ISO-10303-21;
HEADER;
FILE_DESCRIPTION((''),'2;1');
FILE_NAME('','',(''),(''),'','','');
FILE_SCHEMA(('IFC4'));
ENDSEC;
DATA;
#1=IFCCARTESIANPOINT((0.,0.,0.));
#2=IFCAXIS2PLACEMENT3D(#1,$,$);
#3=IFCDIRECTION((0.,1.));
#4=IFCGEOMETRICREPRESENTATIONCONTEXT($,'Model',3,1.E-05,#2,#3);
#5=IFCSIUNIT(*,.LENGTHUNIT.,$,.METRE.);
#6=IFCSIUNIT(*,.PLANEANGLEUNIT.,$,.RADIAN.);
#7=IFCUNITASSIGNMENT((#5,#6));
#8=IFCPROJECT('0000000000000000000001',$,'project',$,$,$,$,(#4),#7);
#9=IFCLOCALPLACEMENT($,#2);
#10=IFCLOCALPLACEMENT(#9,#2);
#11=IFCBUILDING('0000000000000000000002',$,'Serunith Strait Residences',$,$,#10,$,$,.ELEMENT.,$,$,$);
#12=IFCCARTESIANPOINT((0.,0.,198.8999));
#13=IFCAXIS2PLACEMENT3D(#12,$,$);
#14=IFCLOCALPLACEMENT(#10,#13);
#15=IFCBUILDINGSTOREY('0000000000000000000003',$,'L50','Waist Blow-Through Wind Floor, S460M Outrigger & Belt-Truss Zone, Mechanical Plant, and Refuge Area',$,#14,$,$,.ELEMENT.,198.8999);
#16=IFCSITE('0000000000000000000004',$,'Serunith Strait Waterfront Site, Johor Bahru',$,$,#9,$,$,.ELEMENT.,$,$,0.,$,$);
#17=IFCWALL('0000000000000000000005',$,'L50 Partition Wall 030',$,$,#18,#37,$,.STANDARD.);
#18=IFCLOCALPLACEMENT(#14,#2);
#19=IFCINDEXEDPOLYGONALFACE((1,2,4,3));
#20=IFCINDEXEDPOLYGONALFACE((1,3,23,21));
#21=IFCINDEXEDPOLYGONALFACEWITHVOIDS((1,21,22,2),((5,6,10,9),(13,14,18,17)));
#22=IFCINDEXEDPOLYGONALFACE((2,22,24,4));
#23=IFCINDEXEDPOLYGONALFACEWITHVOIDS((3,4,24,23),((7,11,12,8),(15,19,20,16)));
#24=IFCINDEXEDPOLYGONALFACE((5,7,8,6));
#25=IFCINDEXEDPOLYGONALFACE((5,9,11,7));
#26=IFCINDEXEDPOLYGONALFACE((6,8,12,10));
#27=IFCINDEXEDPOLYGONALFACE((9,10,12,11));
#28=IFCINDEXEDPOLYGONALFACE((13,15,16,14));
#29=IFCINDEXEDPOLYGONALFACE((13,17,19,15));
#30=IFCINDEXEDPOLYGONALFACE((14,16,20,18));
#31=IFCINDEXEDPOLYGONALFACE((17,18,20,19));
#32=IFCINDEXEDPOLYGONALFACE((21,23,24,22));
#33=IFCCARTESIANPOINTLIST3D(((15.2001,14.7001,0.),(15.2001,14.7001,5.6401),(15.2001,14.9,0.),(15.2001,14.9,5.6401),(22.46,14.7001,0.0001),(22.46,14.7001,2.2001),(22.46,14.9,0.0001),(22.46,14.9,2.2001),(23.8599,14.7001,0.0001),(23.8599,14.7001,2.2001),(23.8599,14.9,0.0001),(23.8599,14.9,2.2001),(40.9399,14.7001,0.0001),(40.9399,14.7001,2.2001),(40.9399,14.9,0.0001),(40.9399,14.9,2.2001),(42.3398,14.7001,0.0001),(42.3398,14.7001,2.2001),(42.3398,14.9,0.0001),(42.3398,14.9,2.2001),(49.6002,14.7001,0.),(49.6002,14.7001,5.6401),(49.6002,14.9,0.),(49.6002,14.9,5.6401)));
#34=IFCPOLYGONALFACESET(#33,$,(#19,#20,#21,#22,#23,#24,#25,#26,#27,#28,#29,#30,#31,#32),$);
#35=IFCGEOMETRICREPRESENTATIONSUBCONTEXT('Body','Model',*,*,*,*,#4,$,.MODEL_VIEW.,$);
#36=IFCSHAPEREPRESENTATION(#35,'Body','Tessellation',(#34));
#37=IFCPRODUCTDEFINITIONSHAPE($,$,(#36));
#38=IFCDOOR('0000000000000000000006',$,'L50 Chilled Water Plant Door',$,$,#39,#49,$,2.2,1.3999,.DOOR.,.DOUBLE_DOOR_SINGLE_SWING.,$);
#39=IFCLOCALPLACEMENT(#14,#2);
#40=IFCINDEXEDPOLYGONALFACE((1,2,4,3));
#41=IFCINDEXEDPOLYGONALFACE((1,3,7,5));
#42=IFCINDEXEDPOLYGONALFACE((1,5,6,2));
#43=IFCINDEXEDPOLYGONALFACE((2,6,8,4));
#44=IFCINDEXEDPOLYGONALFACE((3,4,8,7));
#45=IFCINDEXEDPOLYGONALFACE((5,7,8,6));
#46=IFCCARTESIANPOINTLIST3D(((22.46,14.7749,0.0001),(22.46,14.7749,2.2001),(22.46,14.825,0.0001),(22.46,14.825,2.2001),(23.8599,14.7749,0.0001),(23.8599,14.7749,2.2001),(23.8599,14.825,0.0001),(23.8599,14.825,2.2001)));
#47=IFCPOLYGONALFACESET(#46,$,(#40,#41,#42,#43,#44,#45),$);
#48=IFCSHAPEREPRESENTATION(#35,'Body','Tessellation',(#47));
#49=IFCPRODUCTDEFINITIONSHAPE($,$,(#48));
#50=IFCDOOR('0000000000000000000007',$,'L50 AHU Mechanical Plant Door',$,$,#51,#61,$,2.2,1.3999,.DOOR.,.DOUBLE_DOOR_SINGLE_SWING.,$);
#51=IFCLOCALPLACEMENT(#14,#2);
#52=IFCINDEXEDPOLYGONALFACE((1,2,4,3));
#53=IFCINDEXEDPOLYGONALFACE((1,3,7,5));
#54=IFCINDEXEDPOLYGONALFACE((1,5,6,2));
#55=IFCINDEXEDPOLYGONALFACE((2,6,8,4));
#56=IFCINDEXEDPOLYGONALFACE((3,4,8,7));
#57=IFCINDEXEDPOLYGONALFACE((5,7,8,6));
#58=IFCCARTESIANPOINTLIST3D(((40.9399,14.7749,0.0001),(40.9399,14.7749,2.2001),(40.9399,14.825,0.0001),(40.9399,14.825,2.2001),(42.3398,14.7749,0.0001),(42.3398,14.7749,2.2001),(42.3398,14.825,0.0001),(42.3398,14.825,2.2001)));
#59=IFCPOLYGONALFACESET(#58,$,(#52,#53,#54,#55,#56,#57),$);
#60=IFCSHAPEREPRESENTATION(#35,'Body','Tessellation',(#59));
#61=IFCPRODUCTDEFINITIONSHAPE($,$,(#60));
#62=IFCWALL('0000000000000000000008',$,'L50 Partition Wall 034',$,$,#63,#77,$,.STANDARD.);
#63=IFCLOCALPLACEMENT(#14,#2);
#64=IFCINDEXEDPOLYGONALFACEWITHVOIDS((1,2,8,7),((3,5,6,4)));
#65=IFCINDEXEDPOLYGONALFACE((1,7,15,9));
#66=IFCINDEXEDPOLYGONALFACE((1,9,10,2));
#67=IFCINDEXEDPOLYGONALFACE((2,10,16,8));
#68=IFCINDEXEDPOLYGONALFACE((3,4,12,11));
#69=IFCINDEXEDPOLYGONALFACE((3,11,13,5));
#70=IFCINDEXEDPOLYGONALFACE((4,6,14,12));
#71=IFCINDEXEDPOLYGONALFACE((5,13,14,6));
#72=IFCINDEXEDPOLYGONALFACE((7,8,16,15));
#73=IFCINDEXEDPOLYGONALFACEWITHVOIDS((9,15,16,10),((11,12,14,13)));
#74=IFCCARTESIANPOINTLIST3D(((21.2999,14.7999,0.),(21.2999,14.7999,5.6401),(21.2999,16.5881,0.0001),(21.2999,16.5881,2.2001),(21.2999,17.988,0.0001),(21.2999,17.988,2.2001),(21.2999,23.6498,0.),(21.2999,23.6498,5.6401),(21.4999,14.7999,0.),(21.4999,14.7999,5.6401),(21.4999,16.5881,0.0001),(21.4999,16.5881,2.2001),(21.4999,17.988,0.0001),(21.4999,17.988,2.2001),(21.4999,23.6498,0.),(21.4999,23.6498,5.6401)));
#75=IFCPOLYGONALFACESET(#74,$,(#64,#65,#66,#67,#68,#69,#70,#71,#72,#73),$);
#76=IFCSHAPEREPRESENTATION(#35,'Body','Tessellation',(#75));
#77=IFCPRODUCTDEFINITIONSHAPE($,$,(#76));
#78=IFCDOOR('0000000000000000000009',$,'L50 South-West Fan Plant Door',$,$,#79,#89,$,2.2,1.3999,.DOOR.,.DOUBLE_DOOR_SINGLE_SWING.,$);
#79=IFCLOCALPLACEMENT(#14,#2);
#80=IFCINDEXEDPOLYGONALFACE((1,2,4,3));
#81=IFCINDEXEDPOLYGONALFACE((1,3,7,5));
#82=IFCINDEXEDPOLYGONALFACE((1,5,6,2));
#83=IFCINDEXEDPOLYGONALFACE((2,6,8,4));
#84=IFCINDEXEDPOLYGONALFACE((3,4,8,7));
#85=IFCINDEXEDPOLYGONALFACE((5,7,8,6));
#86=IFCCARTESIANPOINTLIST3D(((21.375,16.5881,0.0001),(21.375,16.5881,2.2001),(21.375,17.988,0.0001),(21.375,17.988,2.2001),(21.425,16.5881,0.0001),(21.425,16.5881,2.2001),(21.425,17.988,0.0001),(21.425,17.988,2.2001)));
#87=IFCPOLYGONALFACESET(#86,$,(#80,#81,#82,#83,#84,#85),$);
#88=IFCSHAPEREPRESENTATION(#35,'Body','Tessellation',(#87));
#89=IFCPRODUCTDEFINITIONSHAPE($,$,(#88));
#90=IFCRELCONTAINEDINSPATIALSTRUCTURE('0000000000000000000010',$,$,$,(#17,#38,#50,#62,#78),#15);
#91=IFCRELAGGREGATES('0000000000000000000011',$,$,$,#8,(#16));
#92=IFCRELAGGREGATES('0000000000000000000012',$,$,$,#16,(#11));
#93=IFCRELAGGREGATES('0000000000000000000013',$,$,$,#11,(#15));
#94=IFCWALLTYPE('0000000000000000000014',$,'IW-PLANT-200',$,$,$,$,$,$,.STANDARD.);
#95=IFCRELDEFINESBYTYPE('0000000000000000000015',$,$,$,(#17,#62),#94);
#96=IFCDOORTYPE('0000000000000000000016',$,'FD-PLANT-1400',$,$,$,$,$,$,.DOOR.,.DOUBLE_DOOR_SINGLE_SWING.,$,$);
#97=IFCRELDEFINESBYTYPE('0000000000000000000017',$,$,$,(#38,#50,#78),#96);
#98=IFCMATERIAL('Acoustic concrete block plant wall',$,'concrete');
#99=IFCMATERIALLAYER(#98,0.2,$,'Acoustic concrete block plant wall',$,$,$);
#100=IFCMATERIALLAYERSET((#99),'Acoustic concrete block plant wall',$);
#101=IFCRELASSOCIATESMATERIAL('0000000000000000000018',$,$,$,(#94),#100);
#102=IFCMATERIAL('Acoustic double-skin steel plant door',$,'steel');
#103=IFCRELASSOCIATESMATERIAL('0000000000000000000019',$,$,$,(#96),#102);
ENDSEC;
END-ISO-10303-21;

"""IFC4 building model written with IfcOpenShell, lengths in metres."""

from ifc_helpers import new_model, si_unit, direction, frame, frame_2d, origin, place, context, subcontext, project, spatial, rectangle, extrude, source, transform, mapped, material, layer, layer_set, type_object, element, fill, save


model = new_model("IFC4")

# Units and contexts
model_context = context("Model", 3, precision=1e-05, world=origin(), true_north=direction((0.0, 1.0)))
body_context = subcontext(model_context, "Body", "Model", "MODEL_VIEW")
ifc_project = project(units=[si_unit("LENGTHUNIT", "METRE"), si_unit("PLANEANGLEUNIT", "RADIAN")], contexts=[model_context])

# Site, building, storey
site_placement = place(None, origin())
site = spatial("IfcSite", under=ifc_project, at=site_placement, Name="Serunith Strait Waterfront Site, Johor Bahru", CompositionType="ELEMENT", RefElevation=0.0)
building_placement = place(site_placement, origin())
building = spatial("IfcBuilding", under=site, at=building_placement, Name="Serunith Strait Residences", CompositionType="ELEMENT")
storey_placement = place(building_placement, frame((0.0, 0.0, 198.8999)))
storey = spatial("IfcBuildingStorey", under=building, at=storey_placement, Name="L50", Description="Waist Blow-Through Wind Floor, S460M Outrigger & Belt-Truss Zone, Mechanical Plant, and Refuge Area", CompositionType="ELEMENT", Elevation=198.8999)

# Shared definitions
ifc_material_1 = material(Name="Acoustic concrete block plant wall", Category="concrete")
ifc_layer_1 = layer(ifc_material_1, 0.2, Name="Acoustic concrete block plant wall")
ifc_layer_set_1 = layer_set([ifc_layer_1], Name="Acoustic concrete block plant wall")
wall_type = type_object("IfcWallType", Name="IW-PLANT-200", PredefinedType="STANDARD", material=ifc_layer_set_1)

# Wall, openings, doors
wall_1_placement = place(storey_placement, frame((15.2, 14.8, 0.0), z_axis=(0.0, 0.0, 1.0), x_axis=(1.0, 0.0, 0.0)))
wall_1 = element("IfcWall", 1, at=wall_1_placement, inside=storey, type_object=wall_type, Name="L50 Partition Wall 030", PredefinedType="STANDARD", context=body_context, shape_type="SweptSolid", body=[
    extrude(rectangle(XDim=34.4001, YDim=0.2, at=frame_2d((17.2002, 0.0))), origin(), (0.0, 0.0, 1.0), 5.6401),
])
opening_1_placement = place(wall_1_placement, frame((7.26, 0.0, 0.0)))
opening_1 = element("IfcOpeningElement", 2, at=opening_1_placement, cuts=wall_1, PredefinedType="OPENING", context=body_context, shape_type="SweptSolid", body=[
    extrude(rectangle(XDim=1.3999, YDim=2.2, at=frame_2d((0.7, 1.1001))), frame((0.0, 0.1099, 0.0), z_axis=(0.0, -1.0, 0.0), x_axis=(1.0, 0.0, 0.0)), (0.0, 0.0, 1.0), 0.22),
])
opening_2_placement = place(wall_1_placement, frame((25.74, 0.0, 0.0)))
opening_2 = element("IfcOpeningElement", 3, at=opening_2_placement, cuts=wall_1, PredefinedType="OPENING", context=body_context, shape_type="SweptSolid", body=[
    extrude(rectangle(XDim=1.3999, YDim=2.2, at=frame_2d((0.7, 1.1001))), frame((0.0, 0.1099, 0.0), z_axis=(0.0, -1.0, 0.0), x_axis=(1.0, 0.0, 0.0)), (0.0, 0.0, 1.0), 0.22),
])
ifc_material_2 = material(Name="Acoustic double-skin steel plant door", Category="steel")
door_type_1 = type_object("IfcDoorType", Name="FD-PLANT-1400", OperationType="DOUBLE_DOOR_SINGLE_SWING", PredefinedType="DOOR", material=ifc_material_2)
shared_shape_1 = source(origin(), body_context, "Body", "SweptSolid", [
    extrude(rectangle(XDim=1.3999, YDim=2.2, at=frame_2d((0.7, 1.1001))), frame((0.0, 0.0249, 0.0), z_axis=(0.0, -1.0, 0.0), x_axis=(1.0, 0.0, 0.0)), (0.0, 0.0, 1.0), 0.05),
])
door_1_placement = place(opening_1_placement, origin())
door_1 = element("IfcDoor", 4, at=door_1_placement, inside=storey, type_object=door_type_1, Name="L50 Chilled Water Plant Door", OperationType="DOUBLE_DOOR_SINGLE_SWING", OverallHeight=2.2, OverallWidth=1.3999, PredefinedType="DOOR", context=body_context, shape_type="MappedRepresentation", body=[
    mapped(shared_shape_1, transform((0.0, 0.0, 0.0), scale=1.0)),
])
fill(opening_1, door_1)
door_2_placement = place(opening_2_placement, origin())
door_2 = element("IfcDoor", 5, at=door_2_placement, inside=storey, type_object=door_type_1, Name="L50 AHU Mechanical Plant Door", OperationType="DOUBLE_DOOR_SINGLE_SWING", OverallHeight=2.2, OverallWidth=1.3999, PredefinedType="DOOR", context=body_context, shape_type="MappedRepresentation", body=[
    mapped(shared_shape_1, transform((0.0, 0.0, 0.0), scale=1.0)),
])
fill(opening_2, door_2)

# Wall, opening, door
wall_2_placement = place(storey_placement, frame((21.3999, 14.8, 0.0), z_axis=(0.0, 0.0, 1.0), x_axis=(0.0, 1.0, 0.0)))
wall_2 = element("IfcWall", 6, at=wall_2_placement, inside=storey, type_object=wall_type, Name="L50 Partition Wall 034", PredefinedType="STANDARD", context=body_context, shape_type="SweptSolid", body=[
    extrude(rectangle(XDim=8.8499, YDim=0.2, at=frame_2d((4.4248, 0.0))), origin(), (0.0, 0.0, 1.0), 5.6401),
])
opening_3_placement = place(wall_2_placement, frame((1.7881, 0.0, 0.0)))
opening_3 = element("IfcOpeningElement", 7, at=opening_3_placement, cuts=wall_2, PredefinedType="OPENING", context=body_context, shape_type="SweptSolid", body=[
    extrude(rectangle(XDim=1.3999, YDim=2.2, at=frame_2d((0.7, 1.1001))), frame((0.0, 0.1099, 0.0), z_axis=(0.0, -1.0, 0.0), x_axis=(1.0, 0.0, 0.0)), (0.0, 0.0, 1.0), 0.22),
])
door_3_placement = place(opening_3_placement, origin())
door_3 = element("IfcDoor", 8, at=door_3_placement, inside=storey, type_object=door_type_1, Name="L50 South-West Fan Plant Door", OperationType="DOUBLE_DOOR_SINGLE_SWING", OverallHeight=2.2, OverallWidth=1.3999, PredefinedType="DOOR", context=body_context, shape_type="MappedRepresentation", body=[
    mapped(shared_shape_1, transform((0.0, 0.0, 0.0), scale=1.0)),
])
fill(opening_3, door_3)

save(model, "model.ifc")
